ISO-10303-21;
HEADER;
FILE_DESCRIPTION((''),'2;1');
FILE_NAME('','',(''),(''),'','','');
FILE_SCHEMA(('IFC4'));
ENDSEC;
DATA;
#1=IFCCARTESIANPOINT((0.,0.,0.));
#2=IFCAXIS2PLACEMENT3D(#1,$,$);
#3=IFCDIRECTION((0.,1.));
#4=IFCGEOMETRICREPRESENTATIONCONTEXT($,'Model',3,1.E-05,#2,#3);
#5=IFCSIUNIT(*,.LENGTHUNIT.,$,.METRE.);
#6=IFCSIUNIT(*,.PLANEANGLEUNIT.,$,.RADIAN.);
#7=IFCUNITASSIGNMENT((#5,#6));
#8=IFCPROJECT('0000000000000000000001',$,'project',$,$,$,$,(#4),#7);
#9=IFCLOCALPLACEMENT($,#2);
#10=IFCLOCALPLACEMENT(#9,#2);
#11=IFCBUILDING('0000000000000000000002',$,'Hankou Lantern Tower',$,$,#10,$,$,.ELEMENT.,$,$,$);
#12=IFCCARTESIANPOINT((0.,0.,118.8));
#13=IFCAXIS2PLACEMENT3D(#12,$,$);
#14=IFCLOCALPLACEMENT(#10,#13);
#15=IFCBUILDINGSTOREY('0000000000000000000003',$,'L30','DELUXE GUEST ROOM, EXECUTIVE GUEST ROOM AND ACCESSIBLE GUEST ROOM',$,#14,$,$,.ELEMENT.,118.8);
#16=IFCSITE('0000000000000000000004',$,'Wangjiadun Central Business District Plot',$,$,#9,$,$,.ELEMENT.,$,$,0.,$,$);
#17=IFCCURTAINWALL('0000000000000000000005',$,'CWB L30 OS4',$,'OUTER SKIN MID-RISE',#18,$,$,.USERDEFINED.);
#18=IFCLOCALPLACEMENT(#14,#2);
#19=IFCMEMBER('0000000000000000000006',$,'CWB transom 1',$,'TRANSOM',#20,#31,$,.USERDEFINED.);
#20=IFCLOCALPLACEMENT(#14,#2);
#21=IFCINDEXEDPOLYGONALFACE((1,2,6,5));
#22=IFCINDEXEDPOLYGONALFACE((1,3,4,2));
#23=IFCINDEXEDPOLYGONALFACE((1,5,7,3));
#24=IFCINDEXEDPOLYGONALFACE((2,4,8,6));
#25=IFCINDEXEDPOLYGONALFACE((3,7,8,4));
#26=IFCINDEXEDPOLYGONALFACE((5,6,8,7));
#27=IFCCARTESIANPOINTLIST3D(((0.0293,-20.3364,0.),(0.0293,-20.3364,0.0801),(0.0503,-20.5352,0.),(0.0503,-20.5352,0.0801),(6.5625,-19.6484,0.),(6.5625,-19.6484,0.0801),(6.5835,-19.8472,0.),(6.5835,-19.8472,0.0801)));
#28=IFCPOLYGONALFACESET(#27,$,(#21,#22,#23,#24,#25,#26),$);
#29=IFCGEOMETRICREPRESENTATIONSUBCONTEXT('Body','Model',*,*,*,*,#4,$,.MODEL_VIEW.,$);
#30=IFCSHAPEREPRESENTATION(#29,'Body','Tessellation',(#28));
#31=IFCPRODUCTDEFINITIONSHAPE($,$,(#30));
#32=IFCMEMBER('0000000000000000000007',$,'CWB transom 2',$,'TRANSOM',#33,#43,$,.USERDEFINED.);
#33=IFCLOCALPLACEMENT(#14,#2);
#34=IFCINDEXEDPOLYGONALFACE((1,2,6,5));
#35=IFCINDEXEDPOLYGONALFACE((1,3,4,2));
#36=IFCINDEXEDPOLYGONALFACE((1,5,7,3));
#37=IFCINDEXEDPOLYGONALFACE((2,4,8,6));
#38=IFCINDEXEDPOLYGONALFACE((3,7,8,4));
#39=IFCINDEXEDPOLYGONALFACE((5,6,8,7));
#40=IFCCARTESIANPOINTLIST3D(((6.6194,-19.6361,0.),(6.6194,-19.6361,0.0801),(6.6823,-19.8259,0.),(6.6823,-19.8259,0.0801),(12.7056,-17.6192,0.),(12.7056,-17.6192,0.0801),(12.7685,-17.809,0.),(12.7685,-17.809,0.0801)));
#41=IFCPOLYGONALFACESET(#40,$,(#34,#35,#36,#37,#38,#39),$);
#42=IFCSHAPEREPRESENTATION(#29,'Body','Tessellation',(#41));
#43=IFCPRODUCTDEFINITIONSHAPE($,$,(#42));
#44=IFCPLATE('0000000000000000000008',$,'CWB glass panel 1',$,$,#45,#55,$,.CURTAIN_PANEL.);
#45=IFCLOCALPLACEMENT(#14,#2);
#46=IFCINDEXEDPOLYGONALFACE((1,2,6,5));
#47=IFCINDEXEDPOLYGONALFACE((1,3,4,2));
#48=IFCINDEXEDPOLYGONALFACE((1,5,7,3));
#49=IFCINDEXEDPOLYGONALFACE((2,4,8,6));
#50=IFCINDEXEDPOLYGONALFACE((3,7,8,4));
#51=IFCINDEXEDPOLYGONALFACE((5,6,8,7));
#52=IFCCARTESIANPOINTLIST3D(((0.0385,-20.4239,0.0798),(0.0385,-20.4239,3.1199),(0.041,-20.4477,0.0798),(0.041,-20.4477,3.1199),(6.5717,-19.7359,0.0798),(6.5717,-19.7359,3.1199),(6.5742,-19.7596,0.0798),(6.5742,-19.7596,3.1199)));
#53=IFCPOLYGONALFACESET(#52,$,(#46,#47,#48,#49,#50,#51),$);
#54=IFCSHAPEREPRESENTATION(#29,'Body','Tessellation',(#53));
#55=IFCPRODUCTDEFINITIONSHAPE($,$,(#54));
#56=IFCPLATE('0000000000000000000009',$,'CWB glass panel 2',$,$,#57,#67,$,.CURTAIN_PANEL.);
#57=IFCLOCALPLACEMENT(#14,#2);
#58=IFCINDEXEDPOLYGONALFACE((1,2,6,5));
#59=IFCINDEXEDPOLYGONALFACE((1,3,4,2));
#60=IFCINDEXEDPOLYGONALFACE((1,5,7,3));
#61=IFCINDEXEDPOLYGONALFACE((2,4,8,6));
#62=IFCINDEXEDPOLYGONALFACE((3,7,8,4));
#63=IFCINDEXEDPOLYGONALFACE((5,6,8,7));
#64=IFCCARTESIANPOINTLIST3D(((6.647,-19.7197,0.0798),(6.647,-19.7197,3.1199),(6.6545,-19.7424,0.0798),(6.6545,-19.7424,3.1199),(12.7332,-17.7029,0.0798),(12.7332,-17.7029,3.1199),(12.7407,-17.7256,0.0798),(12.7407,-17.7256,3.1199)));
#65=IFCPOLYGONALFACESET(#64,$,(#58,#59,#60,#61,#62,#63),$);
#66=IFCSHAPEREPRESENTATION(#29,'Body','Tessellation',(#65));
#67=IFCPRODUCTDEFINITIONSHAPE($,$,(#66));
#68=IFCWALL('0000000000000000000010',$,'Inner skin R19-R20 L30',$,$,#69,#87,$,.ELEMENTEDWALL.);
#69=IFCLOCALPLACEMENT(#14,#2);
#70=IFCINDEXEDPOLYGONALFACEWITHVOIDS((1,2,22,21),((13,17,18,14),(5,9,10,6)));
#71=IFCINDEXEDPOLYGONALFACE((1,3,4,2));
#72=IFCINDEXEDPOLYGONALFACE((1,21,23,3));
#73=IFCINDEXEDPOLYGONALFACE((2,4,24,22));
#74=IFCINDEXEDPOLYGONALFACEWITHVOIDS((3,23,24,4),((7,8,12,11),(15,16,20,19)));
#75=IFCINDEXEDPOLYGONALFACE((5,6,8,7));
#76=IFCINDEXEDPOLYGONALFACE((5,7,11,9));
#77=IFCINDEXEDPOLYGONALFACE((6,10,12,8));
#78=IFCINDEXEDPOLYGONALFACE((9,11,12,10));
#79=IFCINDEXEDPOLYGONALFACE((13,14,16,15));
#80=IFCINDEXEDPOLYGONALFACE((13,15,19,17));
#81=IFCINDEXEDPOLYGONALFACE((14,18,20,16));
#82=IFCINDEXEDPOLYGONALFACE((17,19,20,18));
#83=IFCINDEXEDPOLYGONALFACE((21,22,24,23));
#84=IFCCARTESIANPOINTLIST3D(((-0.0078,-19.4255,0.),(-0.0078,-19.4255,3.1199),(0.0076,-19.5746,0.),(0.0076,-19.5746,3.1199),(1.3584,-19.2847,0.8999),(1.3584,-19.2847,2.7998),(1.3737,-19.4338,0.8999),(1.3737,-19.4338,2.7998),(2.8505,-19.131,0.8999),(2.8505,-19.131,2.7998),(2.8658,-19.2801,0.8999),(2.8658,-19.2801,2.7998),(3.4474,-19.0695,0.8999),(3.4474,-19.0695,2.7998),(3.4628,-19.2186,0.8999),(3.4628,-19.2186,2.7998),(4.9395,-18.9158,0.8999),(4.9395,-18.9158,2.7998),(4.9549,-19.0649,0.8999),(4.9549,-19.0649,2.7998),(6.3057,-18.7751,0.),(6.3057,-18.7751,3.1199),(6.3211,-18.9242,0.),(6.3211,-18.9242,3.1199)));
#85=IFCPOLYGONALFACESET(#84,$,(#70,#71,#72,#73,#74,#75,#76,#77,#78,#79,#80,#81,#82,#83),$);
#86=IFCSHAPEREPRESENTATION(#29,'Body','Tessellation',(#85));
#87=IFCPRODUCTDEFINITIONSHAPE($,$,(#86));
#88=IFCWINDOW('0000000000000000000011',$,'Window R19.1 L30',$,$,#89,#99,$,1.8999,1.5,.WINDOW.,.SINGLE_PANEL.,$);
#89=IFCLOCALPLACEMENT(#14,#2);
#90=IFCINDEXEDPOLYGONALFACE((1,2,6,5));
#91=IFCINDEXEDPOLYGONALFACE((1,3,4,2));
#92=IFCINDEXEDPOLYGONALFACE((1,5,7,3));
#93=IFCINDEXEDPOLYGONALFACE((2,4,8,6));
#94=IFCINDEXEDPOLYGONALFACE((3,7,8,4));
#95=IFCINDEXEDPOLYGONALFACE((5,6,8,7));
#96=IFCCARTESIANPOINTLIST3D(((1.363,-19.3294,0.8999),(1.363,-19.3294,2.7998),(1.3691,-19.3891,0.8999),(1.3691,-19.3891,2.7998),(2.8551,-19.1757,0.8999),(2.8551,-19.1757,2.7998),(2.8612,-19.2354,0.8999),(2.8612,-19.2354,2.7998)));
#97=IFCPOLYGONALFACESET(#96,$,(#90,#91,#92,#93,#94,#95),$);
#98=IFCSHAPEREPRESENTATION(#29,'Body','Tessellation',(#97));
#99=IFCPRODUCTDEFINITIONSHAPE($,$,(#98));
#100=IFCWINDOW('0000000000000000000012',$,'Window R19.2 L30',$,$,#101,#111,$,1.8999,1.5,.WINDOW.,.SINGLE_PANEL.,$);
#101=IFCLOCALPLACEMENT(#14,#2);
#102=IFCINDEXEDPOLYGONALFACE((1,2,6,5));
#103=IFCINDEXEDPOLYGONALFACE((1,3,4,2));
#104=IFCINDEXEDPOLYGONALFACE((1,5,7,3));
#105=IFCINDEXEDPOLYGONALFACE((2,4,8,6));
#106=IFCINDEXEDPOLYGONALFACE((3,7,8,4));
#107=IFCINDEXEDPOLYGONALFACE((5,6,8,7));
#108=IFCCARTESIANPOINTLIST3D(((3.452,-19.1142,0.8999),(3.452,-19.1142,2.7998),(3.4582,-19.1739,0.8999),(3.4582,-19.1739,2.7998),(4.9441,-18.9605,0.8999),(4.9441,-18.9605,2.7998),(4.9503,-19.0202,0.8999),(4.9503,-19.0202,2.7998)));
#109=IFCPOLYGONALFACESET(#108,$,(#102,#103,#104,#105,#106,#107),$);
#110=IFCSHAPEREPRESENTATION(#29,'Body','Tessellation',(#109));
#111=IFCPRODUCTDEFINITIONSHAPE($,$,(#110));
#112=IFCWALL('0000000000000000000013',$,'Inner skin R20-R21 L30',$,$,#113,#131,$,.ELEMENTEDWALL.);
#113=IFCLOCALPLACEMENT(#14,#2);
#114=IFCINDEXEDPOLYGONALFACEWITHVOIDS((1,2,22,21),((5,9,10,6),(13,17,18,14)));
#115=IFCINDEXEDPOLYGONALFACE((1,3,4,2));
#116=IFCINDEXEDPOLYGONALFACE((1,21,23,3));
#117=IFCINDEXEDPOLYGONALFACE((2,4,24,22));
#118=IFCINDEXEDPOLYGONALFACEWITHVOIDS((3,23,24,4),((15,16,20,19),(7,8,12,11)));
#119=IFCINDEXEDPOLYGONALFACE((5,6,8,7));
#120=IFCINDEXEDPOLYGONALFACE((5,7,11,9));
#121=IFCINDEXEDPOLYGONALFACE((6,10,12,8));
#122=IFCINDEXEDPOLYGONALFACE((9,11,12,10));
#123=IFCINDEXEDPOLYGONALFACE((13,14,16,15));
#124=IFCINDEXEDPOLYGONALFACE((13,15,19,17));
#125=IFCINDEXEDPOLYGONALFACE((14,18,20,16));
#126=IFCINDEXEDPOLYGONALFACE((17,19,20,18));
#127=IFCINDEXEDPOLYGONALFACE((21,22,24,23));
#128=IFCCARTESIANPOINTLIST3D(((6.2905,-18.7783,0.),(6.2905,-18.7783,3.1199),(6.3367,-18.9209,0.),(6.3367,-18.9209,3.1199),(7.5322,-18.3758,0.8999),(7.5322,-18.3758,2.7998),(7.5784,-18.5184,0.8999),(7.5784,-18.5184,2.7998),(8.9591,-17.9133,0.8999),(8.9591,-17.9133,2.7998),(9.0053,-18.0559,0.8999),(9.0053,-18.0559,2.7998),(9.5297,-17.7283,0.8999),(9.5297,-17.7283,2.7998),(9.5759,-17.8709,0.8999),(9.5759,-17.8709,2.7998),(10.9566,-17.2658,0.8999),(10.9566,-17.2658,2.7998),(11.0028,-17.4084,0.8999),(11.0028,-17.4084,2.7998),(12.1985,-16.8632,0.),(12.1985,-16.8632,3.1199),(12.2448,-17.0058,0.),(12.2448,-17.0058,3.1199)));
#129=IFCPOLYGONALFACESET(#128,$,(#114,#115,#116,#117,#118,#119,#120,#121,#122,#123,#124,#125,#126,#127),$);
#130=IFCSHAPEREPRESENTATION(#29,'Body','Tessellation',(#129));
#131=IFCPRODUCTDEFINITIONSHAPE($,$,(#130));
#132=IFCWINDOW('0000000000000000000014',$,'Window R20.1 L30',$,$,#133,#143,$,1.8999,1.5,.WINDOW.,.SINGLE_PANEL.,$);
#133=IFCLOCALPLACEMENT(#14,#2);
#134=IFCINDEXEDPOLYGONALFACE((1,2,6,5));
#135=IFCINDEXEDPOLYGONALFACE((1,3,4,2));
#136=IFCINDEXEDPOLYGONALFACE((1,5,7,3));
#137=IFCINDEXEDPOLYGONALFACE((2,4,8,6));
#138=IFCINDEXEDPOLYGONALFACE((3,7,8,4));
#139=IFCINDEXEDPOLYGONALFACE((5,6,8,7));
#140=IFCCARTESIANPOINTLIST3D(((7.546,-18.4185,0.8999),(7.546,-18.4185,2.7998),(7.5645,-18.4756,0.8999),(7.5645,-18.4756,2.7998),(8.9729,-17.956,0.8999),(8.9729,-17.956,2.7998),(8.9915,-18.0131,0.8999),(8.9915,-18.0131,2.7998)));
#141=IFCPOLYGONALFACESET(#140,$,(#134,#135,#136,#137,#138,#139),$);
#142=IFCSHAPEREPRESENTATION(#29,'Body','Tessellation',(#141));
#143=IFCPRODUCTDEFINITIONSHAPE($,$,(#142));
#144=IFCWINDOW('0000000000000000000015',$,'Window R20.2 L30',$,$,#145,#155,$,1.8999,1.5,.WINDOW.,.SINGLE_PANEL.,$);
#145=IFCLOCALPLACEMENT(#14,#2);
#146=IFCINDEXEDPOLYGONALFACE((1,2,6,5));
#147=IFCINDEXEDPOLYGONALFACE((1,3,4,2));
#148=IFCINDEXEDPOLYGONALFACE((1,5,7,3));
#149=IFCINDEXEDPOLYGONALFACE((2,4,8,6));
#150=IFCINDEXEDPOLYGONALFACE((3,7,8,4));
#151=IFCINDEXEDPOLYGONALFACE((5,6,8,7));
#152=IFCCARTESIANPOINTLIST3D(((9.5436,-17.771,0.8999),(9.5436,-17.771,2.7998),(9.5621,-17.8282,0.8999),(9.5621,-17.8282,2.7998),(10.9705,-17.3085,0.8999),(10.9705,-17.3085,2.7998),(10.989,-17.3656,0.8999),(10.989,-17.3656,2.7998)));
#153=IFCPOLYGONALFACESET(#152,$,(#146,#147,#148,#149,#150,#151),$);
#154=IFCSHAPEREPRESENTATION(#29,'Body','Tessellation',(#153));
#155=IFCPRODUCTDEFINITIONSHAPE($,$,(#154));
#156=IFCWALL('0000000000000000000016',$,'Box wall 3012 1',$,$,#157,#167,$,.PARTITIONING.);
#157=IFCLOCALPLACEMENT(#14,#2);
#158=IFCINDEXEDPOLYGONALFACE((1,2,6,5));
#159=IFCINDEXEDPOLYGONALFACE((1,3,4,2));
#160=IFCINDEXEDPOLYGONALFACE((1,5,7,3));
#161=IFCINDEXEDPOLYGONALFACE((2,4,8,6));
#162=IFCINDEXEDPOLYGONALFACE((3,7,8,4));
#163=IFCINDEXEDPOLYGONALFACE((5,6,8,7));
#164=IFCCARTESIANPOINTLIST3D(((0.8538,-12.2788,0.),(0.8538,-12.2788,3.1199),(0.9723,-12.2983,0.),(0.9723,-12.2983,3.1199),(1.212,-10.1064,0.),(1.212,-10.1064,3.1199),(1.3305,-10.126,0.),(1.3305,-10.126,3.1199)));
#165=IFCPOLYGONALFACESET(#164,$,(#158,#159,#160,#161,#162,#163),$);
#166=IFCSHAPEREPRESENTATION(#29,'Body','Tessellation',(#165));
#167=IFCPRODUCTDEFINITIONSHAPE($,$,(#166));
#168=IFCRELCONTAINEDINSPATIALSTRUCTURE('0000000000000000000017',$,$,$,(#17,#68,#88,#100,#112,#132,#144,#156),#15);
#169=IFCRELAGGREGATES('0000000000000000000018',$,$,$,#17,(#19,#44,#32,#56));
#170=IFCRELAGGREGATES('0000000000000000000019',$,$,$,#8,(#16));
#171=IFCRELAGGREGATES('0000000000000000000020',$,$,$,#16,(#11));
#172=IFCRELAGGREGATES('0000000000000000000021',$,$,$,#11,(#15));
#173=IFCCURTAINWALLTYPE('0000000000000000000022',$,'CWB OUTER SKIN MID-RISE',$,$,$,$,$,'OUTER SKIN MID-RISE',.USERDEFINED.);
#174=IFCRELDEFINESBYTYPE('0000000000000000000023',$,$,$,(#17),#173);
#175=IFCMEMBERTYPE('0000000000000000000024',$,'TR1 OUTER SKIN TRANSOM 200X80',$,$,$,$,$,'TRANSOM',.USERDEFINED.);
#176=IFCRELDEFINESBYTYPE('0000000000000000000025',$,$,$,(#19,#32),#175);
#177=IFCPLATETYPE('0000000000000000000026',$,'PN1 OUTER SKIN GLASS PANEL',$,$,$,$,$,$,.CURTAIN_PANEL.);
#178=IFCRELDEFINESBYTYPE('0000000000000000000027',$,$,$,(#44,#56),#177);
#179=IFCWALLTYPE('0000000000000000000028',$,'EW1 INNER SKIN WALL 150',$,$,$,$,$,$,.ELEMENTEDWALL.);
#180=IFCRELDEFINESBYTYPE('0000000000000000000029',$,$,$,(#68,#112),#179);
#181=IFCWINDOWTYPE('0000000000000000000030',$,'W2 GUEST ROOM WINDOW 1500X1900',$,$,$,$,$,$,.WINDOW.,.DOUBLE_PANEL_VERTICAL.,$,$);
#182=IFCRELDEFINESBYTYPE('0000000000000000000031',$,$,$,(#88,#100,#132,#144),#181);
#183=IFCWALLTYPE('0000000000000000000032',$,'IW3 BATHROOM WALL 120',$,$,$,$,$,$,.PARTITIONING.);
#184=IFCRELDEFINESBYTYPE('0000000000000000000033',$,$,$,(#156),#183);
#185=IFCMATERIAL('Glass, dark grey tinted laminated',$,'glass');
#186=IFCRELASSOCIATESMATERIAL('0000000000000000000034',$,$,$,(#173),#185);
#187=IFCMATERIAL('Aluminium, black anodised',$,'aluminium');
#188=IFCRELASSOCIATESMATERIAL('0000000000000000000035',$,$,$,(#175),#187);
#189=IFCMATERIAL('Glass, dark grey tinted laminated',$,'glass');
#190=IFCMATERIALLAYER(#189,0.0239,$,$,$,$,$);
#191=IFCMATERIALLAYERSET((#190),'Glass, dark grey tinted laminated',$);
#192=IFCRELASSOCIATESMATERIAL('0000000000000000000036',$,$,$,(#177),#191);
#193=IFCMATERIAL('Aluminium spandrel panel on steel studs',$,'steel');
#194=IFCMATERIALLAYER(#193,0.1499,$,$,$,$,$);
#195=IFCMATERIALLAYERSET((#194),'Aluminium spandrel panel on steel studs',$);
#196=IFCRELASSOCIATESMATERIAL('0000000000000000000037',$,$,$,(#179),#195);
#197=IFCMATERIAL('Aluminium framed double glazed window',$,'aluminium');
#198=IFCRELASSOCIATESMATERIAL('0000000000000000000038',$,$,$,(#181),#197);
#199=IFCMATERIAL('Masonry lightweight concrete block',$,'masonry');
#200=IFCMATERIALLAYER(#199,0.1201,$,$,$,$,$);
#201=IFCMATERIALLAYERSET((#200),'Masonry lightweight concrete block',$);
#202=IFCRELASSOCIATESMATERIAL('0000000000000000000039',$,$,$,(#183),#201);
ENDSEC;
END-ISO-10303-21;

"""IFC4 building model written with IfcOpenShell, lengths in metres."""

from ifc_helpers import new_model, si_unit, direction, frame, frame_2d, origin, origin_2d, place, context, subcontext, project, spatial, rectangle, extrude, material, layer, layer_set, material_profile, profile_set, type_object, element, fill, aggregate, save


model = new_model("IFC4")

# Units and contexts
model_context = context("Model", 3, precision=1e-05, world=origin(), true_north=direction((0.0, 1.0)))
body_context = subcontext(model_context, "Body", "Model", "MODEL_VIEW")
ifc_project = project(units=[si_unit("LENGTHUNIT", "METRE"), si_unit("PLANEANGLEUNIT", "RADIAN")], contexts=[model_context])

# Site, building, storey
site_placement = place(None, origin())
site = spatial("IfcSite", under=ifc_project, at=site_placement, Name="Wangjiadun Central Business District Plot", CompositionType="ELEMENT", RefElevation=0.0)
building_placement = place(site_placement, origin())
building = spatial("IfcBuilding", under=site, at=building_placement, Name="Hankou Lantern Tower", CompositionType="ELEMENT")
storey_placement = place(building_placement, frame((0.0, 0.0, 118.8)))
storey = spatial("IfcBuildingStorey", under=building, at=storey_placement, Name="L30", Description="DELUXE GUEST ROOM, EXECUTIVE GUEST ROOM AND ACCESSIBLE GUEST ROOM", CompositionType="ELEMENT", Elevation=118.8)

# Curtain wall
ifc_material_1 = material(Name="Glass, dark grey tinted laminated", Category="glass")
curtain_wall_type = type_object("IfcCurtainWallType", Name="CWB OUTER SKIN MID-RISE", ElementType="OUTER SKIN MID-RISE", PredefinedType="USERDEFINED", material=ifc_material_1)
curtain_wall_placement = place(storey_placement, origin())
curtain_wall = element("IfcCurtainWall", 1, at=curtain_wall_placement, inside=storey, type_object=curtain_wall_type, Name="CWB L30 OS4", ObjectType="OUTER SKIN MID-RISE", PredefinedType="USERDEFINED")

# Members
ifc_material_2 = material(Name="Aluminium, black anodised", Category="aluminium")
ifc_material_profile_1 = material_profile(ifc_material_2, rectangle(XDim=0.2, YDim=0.0801, at=origin_2d()), Name="TR1 200X80")
ifc_profile_set_1 = profile_set([ifc_material_profile_1], Name="Aluminium, black anodised")
member_type_1 = type_object("IfcMemberType", Name="TR1 OUTER SKIN TRANSOM 200X80", ElementType="TRANSOM", PredefinedType="USERDEFINED", material=ifc_profile_set_1)
member_1_placement = place(storey_placement, frame((0.0398, -20.4358, 0.04), z_axis=(0.994501, 0.104727, 0.0), x_axis=(-0.104727, 0.994501, 0.0)))
member_1 = element("IfcMember", 2, at=member_1_placement, type_object=member_type_1, Name="CWB transom 1", ObjectType="TRANSOM", PredefinedType="USERDEFINED", context=body_context, shape_type="SweptSolid", body=[
    extrude(rectangle(XDim=0.2, YDim=0.0801, at=origin_2d()), origin(), (0.0, 0.0, 1.0), 6.5693),
])
member_2_placement = place(storey_placement, frame((6.6509, -19.731, 0.04), z_axis=(0.949238, 0.314559, 0.0), x_axis=(-0.314559, 0.949238, 0.0)))
member_2 = element("IfcMember", 3, at=member_2_placement, type_object=member_type_1, Name="CWB transom 2", ObjectType="TRANSOM", PredefinedType="USERDEFINED", context=body_context, shape_type="SweptSolid", body=[
    extrude(rectangle(XDim=0.2, YDim=0.0801, at=origin_2d()), origin(), (0.0, 0.0, 1.0), 6.4116),
])

# Plates
ifc_material_3 = material(Name="Glass, dark grey tinted laminated", Category="glass")
ifc_layer_1 = layer(ifc_material_3, 0.0239)
ifc_layer_set_1 = layer_set([ifc_layer_1], Name="Glass, dark grey tinted laminated")
plate_type = type_object("IfcPlateType", Name="PN1 OUTER SKIN GLASS PANEL", PredefinedType="CURTAIN_PANEL", material=ifc_layer_set_1)
plate_1_placement = place(storey_placement, frame((3.3064, -20.0918, 0.0798), z_axis=(0.0, 0.0, 1.0), x_axis=(0.994499, 0.104743, 0.0)))
plate_1 = element("IfcPlate", 4, at=plate_1_placement, type_object=plate_type, Name="CWB glass panel 1", PredefinedType="CURTAIN_PANEL", context=body_context, shape_type="SweptSolid", body=[
    extrude(rectangle(XDim=6.5693, YDim=0.0239, at=origin_2d()), origin(), (0.0, 0.0, 1.0), 3.04),
])
plate_2_placement = place(storey_placement, frame((9.6938, -18.7227, 0.0798), z_axis=(0.0, 0.0, 1.0), x_axis=(0.949241, 0.314551, 0.0)))
plate_2 = element("IfcPlate", 5, at=plate_2_placement, type_object=plate_type, Name="CWB glass panel 2", PredefinedType="CURTAIN_PANEL", context=body_context, shape_type="SweptSolid", body=[
    extrude(rectangle(XDim=6.4116, YDim=0.0239, at=origin_2d()), origin(), (0.0, 0.0, 1.0), 3.04),
])
aggregate(curtain_wall, [member_1, plate_1, member_2, plate_2])

# Walls, openings, windows
ifc_material_4 = material(Name="Aluminium spandrel panel on steel studs", Category="steel")
ifc_layer_2 = layer(ifc_material_4, 0.1499)
ifc_layer_set_2 = layer_set([ifc_layer_2], Name="Aluminium spandrel panel on steel studs")
wall_type_1 = type_object("IfcWallType", Name="EW1 INNER SKIN WALL 150", PredefinedType="ELEMENTEDWALL", material=ifc_layer_set_2)
wall_1_placement = place(storey_placement, frame((0.0, -19.5, 0.0), z_axis=(0.0, 0.0, 1.0), x_axis=(0.994736, 0.102474, 0.0)))
wall_1 = element("IfcWall", 6, at=wall_1_placement, inside=storey, type_object=wall_type_1, Name="Inner skin R19-R20 L30", PredefinedType="ELEMENTEDWALL", context=body_context, shape_type="SweptSolid", body=[
    extrude(rectangle(XDim=6.3469, YDim=0.1499, at=frame_2d((3.1733, 0.0))), origin(), (0.0, 0.0, 1.0), 3.1199),
])
opening_1_placement = place(wall_1_placement, frame((1.3733, 0.0, 0.8999)))
opening_1 = element("IfcOpeningElement", 7, at=opening_1_placement, cuts=wall_1, PredefinedType="OPENING", context=body_context, shape_type="SweptSolid", body=[
    extrude(rectangle(XDim=1.5, YDim=1.8999, at=frame_2d((0.75, 0.95))), frame((0.0, 0.085, 0.0), z_axis=(0.0, -1.0, 0.0), x_axis=(1.0, 0.0, 0.0)), (0.0, 0.0, 1.0), 0.1699),
])
opening_2_placement = place(wall_1_placement, frame((3.4734, 0.0, 0.8999)))
opening_2 = element("IfcOpeningElement", 8, at=opening_2_placement, cuts=wall_1, PredefinedType="OPENING", context=body_context, shape_type="SweptSolid", body=[
    extrude(rectangle(XDim=1.5, YDim=1.8999, at=frame_2d((0.75, 0.95))), frame((0.0, 0.085, 0.0), z_axis=(0.0, -1.0, 0.0), x_axis=(1.0, 0.0, 0.0)), (0.0, 0.0, 1.0), 0.1699),
])
ifc_material_5 = material(Name="Aluminium framed double glazed window", Category="aluminium")
window_type = type_object("IfcWindowType", Name="W2 GUEST ROOM WINDOW 1500X1900", PartitioningType="DOUBLE_PANEL_VERTICAL", PredefinedType="WINDOW", material=ifc_material_5)
window_1_placement = place(opening_1_placement, origin())
window_1 = element("IfcWindow", 9, at=window_1_placement, inside=storey, type_object=window_type, Name="Window R19.1 L30", OverallHeight=1.8999, OverallWidth=1.5, PartitioningType="SINGLE_PANEL", PredefinedType="WINDOW", context=body_context, shape_type="SweptSolid", body=[
    extrude(rectangle(XDim=1.5, YDim=1.8999, at=frame_2d((0.75, 0.95))), frame((0.0, 0.03, 0.0), z_axis=(0.0, -1.0, 0.0), x_axis=(1.0, 0.0, 0.0)), (0.0, 0.0, 1.0), 0.0601),
])
fill(opening_1, window_1)
window_2_placement = place(opening_2_placement, origin())
window_2 = element("IfcWindow", 10, at=window_2_placement, inside=storey, type_object=window_type, Name="Window R19.2 L30", OverallHeight=1.8999, OverallWidth=1.5, PartitioningType="SINGLE_PANEL", PredefinedType="WINDOW", context=body_context, shape_type="SweptSolid", body=[
    extrude(rectangle(XDim=1.5, YDim=1.8999, at=frame_2d((0.75, 0.95))), frame((0.0, 0.03, 0.0), z_axis=(0.0, -1.0, 0.0), x_axis=(1.0, 0.0, 0.0)), (0.0, 0.0, 1.0), 0.0601),
])
fill(opening_2, window_2)
wall_2_placement = place(storey_placement, frame((6.3135, -18.8496, 0.0), z_axis=(0.0, 0.0, 1.0), x_axis=(0.951273, 0.308351, 0.0)))
wall_2 = element("IfcWall", 11, at=wall_2_placement, inside=storey, type_object=wall_type_1, Name="Inner skin R20-R21 L30", PredefinedType="ELEMENTEDWALL", context=body_context, shape_type="SweptSolid", body=[
    extrude(rectangle(XDim=6.2107, YDim=0.1499, at=frame_2d((3.1055, 0.0))), origin(), (0.0, 0.0, 1.0), 3.1199),
])
opening_3_placement = place(wall_2_placement, frame((1.3054, 0.0, 0.8999)))
opening_3 = element("IfcOpeningElement", 12, at=opening_3_placement, cuts=wall_2, PredefinedType="OPENING", context=body_context, shape_type="SweptSolid", body=[
    extrude(rectangle(XDim=1.5, YDim=1.8999, at=frame_2d((0.75, 0.95))), frame((0.0, 0.085, 0.0), z_axis=(0.0, -1.0, 0.0), x_axis=(1.0, 0.0, 0.0)), (0.0, 0.0, 1.0), 0.1699),
])
opening_4_placement = place(wall_2_placement, frame((3.4053, 0.0, 0.8999)))
opening_4 = element("IfcOpeningElement", 13, at=opening_4_placement, cuts=wall_2, PredefinedType="OPENING", context=body_context, shape_type="SweptSolid", body=[
    extrude(rectangle(XDim=1.5, YDim=1.8999, at=frame_2d((0.75, 0.95))), frame((0.0, 0.085, 0.0), z_axis=(0.0, -1.0, 0.0), x_axis=(1.0, 0.0, 0.0)), (0.0, 0.0, 1.0), 0.1699),
])
window_3_placement = place(opening_3_placement, origin())
window_3 = element("IfcWindow", 14, at=window_3_placement, inside=storey, type_object=window_type, Name="Window R20.1 L30", OverallHeight=1.8999, OverallWidth=1.5, PartitioningType="SINGLE_PANEL", PredefinedType="WINDOW", context=body_context, shape_type="SweptSolid", body=[
    extrude(rectangle(XDim=1.5, YDim=1.8999, at=frame_2d((0.75, 0.95))), frame((0.0, 0.03, 0.0), z_axis=(0.0, -1.0, 0.0), x_axis=(1.0, 0.0, 0.0)), (0.0, 0.0, 1.0), 0.0601),
])
fill(opening_3, window_3)
window_4_placement = place(opening_4_placement, origin())
window_4 = element("IfcWindow", 15, at=window_4_placement, inside=storey, type_object=window_type, Name="Window R20.2 L30", OverallHeight=1.8999, OverallWidth=1.5, PartitioningType="SINGLE_PANEL", PredefinedType="WINDOW", context=body_context, shape_type="SweptSolid", body=[
    extrude(rectangle(XDim=1.5, YDim=1.8999, at=frame_2d((0.75, 0.95))), frame((0.0, 0.03, 0.0), z_axis=(0.0, -1.0, 0.0), x_axis=(1.0, 0.0, 0.0)), (0.0, 0.0, 1.0), 0.0601),
])
fill(opening_4, window_4)

# Wall
ifc_material_6 = material(Name="Masonry lightweight concrete block", Category="masonry")
ifc_layer_3 = layer(ifc_material_6, 0.1201)
ifc_layer_set_3 = layer_set([ifc_layer_3], Name="Masonry lightweight concrete block")
wall_type_2 = type_object("IfcWallType", Name="IW3 BATHROOM WALL 120", PredefinedType="PARTITIONING", material=ifc_layer_set_3)
wall_3_placement = place(storey_placement, frame((1.2712, -10.1162, 0.0), z_axis=(0.0, 0.0, 1.0), x_axis=(-0.162672, -0.98668, 0.0)))
element("IfcWall", 16, at=wall_3_placement, inside=storey, type_object=wall_type_2, Name="Box wall 3012 1", PredefinedType="PARTITIONING", context=body_context, shape_type="SweptSolid", body=[
    extrude(rectangle(XDim=2.2017, YDim=0.1201, at=frame_2d((1.1008, 0.0))), origin(), (0.0, 0.0, 1.0), 3.1199),
])

save(model, "model.ifc")
